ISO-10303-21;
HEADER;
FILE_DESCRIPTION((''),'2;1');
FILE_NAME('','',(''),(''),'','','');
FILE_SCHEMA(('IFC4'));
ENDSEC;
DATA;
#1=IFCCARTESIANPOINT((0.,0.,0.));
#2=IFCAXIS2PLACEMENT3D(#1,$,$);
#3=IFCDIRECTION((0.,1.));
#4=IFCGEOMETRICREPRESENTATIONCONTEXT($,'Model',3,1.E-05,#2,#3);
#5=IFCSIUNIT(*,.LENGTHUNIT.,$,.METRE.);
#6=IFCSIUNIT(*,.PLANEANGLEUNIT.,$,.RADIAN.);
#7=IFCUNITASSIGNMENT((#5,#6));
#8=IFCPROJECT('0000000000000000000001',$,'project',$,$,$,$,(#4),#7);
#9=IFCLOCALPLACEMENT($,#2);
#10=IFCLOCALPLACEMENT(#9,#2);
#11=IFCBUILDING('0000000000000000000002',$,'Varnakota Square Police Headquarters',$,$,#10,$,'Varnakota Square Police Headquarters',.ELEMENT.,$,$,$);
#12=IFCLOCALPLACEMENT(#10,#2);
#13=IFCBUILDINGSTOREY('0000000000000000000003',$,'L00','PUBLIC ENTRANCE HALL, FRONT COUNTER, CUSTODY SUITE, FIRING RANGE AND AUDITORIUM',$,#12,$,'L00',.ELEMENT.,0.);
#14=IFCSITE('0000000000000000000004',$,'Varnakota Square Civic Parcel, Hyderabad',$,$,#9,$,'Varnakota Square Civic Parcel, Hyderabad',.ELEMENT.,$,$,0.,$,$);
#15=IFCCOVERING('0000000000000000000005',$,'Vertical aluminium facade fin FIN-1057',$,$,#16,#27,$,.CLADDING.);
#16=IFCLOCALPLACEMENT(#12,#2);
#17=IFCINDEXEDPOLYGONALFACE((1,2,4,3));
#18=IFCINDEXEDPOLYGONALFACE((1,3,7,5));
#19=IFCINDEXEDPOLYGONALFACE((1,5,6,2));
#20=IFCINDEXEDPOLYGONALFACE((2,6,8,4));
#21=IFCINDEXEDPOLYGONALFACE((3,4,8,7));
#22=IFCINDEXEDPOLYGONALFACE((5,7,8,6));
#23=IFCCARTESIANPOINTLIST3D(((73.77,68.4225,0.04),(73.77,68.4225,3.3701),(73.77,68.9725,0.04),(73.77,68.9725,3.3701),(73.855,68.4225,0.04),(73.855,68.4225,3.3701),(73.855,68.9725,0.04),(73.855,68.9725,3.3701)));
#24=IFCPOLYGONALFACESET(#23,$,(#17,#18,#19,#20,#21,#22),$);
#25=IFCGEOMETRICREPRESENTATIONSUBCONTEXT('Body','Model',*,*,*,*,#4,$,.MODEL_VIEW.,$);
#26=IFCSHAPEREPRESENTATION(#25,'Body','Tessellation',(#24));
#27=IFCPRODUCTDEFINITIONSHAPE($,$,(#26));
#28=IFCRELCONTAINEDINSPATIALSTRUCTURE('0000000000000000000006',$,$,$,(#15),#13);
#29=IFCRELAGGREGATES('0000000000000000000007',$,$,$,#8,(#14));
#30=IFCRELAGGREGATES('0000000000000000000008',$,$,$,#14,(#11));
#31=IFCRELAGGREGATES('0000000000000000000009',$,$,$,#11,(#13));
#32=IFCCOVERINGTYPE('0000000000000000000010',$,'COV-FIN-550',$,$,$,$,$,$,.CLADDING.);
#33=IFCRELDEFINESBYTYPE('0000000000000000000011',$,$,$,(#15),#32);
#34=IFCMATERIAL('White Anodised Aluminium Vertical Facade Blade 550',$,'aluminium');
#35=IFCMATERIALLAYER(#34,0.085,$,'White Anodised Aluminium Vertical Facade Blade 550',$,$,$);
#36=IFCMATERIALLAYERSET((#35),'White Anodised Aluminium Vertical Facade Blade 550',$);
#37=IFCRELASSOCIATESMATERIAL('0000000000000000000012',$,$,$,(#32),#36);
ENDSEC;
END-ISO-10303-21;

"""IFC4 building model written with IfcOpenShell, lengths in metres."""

from ifc_helpers import new_model, si_unit, direction, frame, origin, origin_2d, place, context, subcontext, project, spatial, rectangle, extrude, material, layer, layer_set, type_object, element, save


model = new_model("IFC4")

# Units and contexts
model_context = context("Model", 3, precision=1e-05, world=origin(), true_north=direction((0.0, 1.0)))
body_context = subcontext(model_context, "Body", "Model", "MODEL_VIEW")
ifc_project = project(units=[si_unit("LENGTHUNIT", "METRE"), si_unit("PLANEANGLEUNIT", "RADIAN")], contexts=[model_context])

# Site, building, storey
site_placement = place(None, origin())
site = spatial("IfcSite", under=ifc_project, at=site_placement, Name="Varnakota Square Civic Parcel, Hyderabad", LongName="Varnakota Square Civic Parcel, Hyderabad", CompositionType="ELEMENT", RefElevation=0.0)
building_placement = place(site_placement, origin())
building = spatial("IfcBuilding", under=site, at=building_placement, Name="Varnakota Square Police Headquarters", LongName="Varnakota Square Police Headquarters", CompositionType="ELEMENT")
storey_placement = place(building_placement, origin())
storey = spatial("IfcBuildingStorey", under=building, at=storey_placement, Name="L00", Description="PUBLIC ENTRANCE HALL, FRONT COUNTER, CUSTODY SUITE, FIRING RANGE AND AUDITORIUM", LongName="L00", CompositionType="ELEMENT", Elevation=0.0)

# Covering
ifc_material_1 = material(Name="White Anodised Aluminium Vertical Facade Blade 550", Category="aluminium")
ifc_layer_1 = layer(ifc_material_1, 0.085, Name="White Anodised Aluminium Vertical Facade Blade 550")
ifc_layer_set_1 = layer_set([ifc_layer_1], Name="White Anodised Aluminium Vertical Facade Blade 550")
covering_type_1 = type_object("IfcCoveringType", Name="COV-FIN-550", PredefinedType="CLADDING", material=ifc_layer_set_1)
covering_1_placement = place(storey_placement, frame((73.8125, 68.6975, 0.04), z_axis=(0.0, 0.0, 1.0), x_axis=(1.0, 0.0, 0.0)))
element("IfcCovering", 1, at=covering_1_placement, inside=storey, type_object=covering_type_1, Name="Vertical aluminium facade fin FIN-1057", PredefinedType="CLADDING", context=body_context, shape_type="SweptSolid", body=[
    extrude(rectangle(XDim=0.085, YDim=0.55, at=origin_2d()), origin(), (0.0, 0.0, 1.0), 3.3301),
])

save(model, "model.ifc")
